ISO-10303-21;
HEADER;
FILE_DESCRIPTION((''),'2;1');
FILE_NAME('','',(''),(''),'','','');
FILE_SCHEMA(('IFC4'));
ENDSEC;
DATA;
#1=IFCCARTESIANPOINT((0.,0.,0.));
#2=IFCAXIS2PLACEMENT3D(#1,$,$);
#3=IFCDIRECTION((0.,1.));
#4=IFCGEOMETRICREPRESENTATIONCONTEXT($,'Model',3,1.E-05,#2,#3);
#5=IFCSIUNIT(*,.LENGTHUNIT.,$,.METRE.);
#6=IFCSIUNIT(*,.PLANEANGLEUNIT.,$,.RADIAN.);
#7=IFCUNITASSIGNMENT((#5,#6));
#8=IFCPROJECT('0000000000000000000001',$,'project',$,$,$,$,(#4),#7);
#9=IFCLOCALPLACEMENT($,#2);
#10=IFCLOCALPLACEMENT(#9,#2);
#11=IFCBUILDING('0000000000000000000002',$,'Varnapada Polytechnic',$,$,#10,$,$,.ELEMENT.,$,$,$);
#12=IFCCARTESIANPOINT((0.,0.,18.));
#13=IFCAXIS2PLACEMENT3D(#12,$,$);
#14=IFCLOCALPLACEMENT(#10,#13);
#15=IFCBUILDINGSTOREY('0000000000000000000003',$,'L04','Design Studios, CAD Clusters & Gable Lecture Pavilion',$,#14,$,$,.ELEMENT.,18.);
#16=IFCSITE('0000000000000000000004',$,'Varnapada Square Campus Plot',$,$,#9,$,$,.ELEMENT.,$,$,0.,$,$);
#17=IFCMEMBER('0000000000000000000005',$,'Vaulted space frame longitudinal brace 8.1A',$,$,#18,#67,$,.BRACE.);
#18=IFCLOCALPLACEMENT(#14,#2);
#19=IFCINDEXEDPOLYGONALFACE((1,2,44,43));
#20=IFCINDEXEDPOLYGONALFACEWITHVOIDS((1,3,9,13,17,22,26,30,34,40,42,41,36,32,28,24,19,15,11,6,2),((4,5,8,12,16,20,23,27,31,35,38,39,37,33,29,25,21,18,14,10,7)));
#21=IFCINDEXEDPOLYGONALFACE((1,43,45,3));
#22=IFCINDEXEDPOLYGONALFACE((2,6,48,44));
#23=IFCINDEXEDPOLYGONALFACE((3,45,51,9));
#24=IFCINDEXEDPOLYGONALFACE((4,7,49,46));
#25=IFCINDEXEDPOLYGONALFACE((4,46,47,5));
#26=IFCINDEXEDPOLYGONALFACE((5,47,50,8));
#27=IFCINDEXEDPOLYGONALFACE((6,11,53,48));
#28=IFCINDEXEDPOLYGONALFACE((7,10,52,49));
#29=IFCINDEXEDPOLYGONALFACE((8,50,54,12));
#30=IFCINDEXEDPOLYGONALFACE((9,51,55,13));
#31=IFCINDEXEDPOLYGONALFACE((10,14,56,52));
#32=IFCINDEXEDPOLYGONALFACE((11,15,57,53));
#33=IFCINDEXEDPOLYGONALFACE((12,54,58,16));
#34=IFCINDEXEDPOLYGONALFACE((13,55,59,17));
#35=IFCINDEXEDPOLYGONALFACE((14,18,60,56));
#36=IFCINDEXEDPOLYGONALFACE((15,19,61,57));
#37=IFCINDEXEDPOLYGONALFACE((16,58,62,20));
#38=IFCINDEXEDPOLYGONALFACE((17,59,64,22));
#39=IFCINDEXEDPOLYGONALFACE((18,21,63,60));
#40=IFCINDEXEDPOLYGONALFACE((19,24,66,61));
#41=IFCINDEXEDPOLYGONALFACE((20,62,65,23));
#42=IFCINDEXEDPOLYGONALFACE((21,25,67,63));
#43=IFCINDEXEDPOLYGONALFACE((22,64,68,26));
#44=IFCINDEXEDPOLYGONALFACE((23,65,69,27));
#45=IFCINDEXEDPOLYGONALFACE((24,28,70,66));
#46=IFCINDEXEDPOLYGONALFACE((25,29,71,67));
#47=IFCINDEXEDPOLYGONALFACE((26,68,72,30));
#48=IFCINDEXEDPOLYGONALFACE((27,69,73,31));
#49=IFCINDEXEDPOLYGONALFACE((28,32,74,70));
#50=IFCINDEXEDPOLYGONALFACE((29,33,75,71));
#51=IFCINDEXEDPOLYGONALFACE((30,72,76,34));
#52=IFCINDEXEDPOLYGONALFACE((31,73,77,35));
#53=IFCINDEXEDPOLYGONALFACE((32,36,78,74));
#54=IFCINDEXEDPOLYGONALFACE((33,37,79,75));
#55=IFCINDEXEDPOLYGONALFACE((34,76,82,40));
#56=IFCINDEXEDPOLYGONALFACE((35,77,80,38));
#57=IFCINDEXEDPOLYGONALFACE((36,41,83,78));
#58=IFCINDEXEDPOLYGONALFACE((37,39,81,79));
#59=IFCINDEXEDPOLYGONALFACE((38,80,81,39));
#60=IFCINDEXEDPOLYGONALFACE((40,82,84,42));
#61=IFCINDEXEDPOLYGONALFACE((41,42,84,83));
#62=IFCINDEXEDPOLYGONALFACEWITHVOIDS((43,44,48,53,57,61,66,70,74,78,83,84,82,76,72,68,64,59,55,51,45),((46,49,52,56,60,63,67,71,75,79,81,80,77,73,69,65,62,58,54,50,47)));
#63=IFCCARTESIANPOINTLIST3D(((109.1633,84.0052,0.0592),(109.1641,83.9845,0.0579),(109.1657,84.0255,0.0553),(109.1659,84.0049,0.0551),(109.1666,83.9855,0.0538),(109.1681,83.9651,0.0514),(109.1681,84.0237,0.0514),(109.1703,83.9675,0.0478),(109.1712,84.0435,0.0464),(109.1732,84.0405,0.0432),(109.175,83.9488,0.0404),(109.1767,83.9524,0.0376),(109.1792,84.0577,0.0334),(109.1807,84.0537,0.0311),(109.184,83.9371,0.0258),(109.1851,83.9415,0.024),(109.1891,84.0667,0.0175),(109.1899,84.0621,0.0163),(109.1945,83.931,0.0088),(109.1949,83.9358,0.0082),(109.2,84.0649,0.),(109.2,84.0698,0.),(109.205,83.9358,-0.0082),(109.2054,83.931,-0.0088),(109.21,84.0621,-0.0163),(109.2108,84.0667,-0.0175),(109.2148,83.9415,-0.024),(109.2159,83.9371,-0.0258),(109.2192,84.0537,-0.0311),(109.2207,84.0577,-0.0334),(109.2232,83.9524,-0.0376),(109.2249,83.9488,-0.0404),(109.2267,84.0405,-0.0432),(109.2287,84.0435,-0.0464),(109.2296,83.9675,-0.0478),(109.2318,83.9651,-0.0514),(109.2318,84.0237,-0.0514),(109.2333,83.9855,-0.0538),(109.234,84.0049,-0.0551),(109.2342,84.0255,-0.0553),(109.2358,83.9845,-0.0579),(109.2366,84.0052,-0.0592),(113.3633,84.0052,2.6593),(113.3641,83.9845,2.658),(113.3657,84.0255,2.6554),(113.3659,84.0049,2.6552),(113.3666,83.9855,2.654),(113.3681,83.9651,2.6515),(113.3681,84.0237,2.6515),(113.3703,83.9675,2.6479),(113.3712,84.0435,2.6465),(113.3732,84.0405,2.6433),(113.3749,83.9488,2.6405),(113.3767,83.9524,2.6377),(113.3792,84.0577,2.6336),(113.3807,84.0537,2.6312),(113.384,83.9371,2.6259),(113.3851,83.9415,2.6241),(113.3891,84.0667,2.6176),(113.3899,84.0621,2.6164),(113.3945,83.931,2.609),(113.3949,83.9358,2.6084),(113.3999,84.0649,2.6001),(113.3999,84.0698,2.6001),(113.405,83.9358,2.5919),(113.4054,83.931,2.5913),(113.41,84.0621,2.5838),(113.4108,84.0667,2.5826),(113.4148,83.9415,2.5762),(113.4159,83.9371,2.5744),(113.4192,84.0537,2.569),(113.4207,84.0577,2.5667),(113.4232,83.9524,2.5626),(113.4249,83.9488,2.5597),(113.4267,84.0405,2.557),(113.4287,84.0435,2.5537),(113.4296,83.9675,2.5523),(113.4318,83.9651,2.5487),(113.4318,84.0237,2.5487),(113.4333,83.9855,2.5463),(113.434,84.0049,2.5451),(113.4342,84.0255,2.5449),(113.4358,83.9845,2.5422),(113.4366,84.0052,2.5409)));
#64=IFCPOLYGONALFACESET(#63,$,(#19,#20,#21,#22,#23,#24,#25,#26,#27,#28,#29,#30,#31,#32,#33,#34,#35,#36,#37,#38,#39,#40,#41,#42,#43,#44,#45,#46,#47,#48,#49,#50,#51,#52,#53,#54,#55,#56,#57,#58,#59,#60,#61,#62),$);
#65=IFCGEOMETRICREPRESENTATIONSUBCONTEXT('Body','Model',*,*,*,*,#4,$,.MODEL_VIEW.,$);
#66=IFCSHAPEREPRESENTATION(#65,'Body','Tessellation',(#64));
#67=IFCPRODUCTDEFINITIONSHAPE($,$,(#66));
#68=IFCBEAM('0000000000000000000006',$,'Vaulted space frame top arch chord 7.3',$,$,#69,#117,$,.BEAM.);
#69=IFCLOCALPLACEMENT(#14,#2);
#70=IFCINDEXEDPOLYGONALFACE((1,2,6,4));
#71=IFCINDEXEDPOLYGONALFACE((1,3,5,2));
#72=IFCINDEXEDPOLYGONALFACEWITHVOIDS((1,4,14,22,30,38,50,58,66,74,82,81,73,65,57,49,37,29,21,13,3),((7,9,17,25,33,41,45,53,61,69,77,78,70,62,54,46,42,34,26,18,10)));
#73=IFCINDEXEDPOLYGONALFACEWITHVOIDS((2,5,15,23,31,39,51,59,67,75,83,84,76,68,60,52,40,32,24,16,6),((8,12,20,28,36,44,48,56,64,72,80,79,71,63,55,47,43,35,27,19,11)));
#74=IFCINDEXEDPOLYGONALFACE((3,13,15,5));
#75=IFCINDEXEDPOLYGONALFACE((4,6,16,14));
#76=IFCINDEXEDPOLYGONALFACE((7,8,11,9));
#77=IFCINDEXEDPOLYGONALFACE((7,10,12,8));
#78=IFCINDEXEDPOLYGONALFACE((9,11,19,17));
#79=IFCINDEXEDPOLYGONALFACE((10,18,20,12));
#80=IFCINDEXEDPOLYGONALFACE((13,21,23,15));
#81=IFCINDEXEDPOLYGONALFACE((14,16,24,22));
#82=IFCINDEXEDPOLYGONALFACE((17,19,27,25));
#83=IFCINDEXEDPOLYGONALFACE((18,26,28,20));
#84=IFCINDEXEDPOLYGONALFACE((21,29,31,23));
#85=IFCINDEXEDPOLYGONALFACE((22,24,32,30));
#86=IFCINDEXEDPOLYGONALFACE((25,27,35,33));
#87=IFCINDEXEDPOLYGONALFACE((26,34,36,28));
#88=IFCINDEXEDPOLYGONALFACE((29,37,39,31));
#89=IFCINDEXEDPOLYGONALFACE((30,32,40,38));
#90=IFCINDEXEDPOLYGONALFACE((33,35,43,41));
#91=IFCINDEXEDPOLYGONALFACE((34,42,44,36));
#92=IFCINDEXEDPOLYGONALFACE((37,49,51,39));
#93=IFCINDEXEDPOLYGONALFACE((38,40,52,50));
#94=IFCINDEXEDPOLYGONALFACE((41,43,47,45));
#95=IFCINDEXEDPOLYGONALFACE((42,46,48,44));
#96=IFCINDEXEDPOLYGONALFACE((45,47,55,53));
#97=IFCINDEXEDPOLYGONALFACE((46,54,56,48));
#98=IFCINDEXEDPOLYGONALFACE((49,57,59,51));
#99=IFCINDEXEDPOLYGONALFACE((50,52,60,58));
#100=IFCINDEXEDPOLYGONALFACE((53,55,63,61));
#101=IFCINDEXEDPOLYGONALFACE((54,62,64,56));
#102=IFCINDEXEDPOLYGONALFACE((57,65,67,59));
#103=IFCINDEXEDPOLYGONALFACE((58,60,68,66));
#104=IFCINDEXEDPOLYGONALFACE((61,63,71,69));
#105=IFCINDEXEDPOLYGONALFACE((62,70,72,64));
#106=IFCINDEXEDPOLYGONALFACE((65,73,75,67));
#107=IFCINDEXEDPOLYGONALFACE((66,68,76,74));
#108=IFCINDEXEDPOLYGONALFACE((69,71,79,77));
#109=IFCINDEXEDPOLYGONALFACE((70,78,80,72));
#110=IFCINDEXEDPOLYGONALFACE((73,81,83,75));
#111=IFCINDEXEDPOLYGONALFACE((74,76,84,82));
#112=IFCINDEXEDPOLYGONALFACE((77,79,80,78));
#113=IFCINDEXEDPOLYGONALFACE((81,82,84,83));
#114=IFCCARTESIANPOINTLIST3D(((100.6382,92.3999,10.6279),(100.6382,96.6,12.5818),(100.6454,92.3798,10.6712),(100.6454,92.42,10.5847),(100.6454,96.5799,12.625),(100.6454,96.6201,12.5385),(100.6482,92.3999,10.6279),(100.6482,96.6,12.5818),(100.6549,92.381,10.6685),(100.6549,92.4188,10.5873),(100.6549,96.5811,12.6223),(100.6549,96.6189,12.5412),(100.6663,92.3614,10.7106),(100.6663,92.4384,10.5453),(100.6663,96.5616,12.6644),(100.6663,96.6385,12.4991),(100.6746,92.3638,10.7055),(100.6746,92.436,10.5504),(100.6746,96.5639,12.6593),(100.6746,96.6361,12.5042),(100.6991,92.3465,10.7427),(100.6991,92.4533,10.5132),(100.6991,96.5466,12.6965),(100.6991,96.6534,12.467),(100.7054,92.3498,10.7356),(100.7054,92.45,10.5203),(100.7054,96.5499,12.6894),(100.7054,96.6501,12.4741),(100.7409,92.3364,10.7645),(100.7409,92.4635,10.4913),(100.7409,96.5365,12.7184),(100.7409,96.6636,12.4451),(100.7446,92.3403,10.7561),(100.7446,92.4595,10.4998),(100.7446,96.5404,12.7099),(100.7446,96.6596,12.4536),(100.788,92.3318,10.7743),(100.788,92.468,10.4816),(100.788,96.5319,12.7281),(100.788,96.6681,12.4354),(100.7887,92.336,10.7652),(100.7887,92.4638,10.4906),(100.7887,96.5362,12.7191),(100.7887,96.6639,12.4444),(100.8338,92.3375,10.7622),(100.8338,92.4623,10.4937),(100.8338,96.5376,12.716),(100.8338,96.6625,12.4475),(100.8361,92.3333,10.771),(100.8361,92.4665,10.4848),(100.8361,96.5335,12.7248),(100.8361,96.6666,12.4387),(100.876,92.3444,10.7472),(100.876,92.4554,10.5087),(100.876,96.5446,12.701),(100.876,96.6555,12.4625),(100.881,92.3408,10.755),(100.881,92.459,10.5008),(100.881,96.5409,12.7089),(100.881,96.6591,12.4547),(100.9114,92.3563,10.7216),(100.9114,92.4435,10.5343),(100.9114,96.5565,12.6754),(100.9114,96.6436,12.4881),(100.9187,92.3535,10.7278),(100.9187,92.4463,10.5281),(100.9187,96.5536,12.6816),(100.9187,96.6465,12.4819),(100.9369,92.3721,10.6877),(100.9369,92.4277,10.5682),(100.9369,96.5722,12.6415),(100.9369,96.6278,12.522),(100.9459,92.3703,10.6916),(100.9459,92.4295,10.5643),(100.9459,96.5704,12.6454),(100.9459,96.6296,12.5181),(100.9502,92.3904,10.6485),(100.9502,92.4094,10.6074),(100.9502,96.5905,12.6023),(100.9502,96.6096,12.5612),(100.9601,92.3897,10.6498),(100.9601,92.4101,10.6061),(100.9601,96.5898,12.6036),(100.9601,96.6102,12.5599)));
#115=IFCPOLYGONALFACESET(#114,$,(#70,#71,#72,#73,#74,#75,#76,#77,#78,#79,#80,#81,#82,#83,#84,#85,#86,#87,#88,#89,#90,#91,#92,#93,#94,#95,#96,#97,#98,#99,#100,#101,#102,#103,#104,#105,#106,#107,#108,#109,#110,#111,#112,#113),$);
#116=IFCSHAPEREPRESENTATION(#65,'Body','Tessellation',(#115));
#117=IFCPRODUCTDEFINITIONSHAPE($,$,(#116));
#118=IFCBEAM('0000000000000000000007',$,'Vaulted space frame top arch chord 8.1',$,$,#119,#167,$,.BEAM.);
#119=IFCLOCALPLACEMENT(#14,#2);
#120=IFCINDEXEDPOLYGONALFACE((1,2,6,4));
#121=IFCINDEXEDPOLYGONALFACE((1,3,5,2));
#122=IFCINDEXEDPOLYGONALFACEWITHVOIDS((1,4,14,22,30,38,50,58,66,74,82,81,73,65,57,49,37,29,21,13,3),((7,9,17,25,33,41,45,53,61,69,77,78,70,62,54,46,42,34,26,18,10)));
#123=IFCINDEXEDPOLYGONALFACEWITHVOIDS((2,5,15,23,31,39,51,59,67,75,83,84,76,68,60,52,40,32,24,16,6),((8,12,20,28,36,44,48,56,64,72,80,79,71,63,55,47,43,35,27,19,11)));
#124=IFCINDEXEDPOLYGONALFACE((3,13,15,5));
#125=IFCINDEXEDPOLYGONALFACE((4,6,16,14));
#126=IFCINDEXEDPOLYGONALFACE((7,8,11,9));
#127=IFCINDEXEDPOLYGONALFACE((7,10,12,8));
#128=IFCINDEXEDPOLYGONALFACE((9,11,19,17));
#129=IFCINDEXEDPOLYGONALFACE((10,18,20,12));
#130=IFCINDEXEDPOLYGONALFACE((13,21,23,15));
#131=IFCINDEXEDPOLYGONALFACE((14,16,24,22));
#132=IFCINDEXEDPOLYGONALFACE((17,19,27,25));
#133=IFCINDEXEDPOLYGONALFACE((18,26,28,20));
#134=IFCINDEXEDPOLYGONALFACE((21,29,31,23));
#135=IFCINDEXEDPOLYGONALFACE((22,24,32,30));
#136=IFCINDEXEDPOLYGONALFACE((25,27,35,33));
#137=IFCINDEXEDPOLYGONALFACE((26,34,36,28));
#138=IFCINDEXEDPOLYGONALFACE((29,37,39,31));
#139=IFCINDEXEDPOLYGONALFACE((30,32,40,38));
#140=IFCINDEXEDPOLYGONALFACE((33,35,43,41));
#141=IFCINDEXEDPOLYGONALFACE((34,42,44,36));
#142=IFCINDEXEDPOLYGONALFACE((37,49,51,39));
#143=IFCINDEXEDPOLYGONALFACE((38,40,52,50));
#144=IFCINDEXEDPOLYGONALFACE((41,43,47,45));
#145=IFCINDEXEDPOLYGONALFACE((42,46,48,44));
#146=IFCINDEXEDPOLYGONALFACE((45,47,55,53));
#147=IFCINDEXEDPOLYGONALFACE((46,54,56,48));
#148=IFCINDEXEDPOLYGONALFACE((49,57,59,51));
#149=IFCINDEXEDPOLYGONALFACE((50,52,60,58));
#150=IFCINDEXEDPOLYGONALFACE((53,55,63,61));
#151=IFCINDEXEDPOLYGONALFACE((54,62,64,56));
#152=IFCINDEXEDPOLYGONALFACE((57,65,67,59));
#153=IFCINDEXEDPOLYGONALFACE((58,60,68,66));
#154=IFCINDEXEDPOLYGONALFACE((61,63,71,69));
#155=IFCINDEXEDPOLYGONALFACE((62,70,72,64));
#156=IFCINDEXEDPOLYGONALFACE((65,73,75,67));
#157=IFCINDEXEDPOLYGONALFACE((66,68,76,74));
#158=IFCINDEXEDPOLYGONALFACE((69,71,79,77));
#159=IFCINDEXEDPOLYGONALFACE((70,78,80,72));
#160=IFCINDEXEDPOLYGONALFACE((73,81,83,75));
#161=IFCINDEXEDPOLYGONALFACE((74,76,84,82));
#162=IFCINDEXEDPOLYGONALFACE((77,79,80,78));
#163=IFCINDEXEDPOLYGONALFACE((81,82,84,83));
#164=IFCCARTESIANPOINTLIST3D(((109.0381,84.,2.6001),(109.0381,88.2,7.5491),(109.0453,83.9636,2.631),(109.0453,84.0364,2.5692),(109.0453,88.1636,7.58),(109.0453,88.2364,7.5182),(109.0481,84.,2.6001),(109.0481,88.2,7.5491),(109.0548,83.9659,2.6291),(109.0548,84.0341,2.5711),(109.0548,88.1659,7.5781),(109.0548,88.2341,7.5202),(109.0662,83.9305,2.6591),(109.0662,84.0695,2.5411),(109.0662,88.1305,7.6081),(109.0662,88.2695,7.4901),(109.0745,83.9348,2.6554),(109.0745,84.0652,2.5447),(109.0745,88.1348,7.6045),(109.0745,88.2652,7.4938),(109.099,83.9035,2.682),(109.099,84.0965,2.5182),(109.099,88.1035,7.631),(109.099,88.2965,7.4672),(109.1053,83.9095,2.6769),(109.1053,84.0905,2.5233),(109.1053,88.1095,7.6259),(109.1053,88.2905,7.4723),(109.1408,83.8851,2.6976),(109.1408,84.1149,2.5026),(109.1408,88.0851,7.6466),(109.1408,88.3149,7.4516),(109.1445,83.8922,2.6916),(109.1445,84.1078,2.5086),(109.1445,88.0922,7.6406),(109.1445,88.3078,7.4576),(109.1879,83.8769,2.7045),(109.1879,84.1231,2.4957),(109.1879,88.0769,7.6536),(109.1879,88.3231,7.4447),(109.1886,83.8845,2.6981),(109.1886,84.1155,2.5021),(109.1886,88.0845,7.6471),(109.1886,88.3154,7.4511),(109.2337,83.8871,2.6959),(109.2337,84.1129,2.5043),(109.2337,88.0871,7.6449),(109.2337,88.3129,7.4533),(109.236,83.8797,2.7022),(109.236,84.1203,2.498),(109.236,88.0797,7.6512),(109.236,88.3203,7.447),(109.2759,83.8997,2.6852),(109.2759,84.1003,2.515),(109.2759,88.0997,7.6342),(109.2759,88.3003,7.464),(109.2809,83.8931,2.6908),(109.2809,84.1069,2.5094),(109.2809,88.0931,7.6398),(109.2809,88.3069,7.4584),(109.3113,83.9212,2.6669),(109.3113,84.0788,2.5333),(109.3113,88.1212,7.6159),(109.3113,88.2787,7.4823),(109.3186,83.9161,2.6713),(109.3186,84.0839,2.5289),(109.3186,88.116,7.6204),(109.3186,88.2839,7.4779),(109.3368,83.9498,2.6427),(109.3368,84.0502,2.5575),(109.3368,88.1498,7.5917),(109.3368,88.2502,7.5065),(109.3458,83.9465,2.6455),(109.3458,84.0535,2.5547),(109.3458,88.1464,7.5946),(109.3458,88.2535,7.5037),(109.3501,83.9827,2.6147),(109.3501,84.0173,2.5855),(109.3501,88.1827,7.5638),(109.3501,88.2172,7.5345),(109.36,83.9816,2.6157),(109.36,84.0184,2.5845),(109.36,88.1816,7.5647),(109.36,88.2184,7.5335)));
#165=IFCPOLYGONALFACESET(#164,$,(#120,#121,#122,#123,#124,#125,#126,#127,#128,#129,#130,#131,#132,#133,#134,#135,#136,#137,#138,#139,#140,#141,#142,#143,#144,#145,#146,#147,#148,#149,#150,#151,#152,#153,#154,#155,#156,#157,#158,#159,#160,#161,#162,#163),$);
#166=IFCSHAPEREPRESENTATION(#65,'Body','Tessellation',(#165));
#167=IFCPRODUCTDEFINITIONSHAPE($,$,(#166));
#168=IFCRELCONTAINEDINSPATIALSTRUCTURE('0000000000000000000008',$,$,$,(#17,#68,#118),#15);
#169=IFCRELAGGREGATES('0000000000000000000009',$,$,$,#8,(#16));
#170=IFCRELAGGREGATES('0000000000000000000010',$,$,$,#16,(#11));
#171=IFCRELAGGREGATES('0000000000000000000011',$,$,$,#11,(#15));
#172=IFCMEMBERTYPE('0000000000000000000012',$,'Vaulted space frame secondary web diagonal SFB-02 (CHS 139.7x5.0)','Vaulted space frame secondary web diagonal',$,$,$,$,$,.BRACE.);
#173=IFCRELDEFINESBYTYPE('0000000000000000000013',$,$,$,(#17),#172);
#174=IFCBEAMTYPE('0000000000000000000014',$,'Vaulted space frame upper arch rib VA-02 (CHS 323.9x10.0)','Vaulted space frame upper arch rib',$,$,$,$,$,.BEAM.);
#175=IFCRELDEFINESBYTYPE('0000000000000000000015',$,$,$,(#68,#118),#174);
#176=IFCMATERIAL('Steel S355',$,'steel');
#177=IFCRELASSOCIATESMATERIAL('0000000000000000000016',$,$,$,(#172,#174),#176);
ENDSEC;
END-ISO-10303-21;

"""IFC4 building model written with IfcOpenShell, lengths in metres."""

from ifc_helpers import new_model, si_unit, direction, frame, origin, origin_2d, place, context, subcontext, project, spatial, hollow_circle, extrude, material, material_profile, profile_set, type_object, element, save


model = new_model("IFC4")

# Units and contexts
model_context = context("Model", 3, precision=1e-05, world=origin(), true_north=direction((0.0, 1.0)))
body_context = subcontext(model_context, "Body", "Model", "MODEL_VIEW")
ifc_project = project(units=[si_unit("LENGTHUNIT", "METRE"), si_unit("PLANEANGLEUNIT", "RADIAN")], contexts=[model_context])

# Site, building, storey
site_placement = place(None, origin())
site = spatial("IfcSite", under=ifc_project, at=site_placement, Name="Varnapada Square Campus Plot", CompositionType="ELEMENT", RefElevation=0.0)
building_placement = place(site_placement, origin())
building = spatial("IfcBuilding", under=site, at=building_placement, Name="Varnapada Polytechnic", CompositionType="ELEMENT")
storey_placement = place(building_placement, frame((0.0, 0.0, 18.0)))
storey = spatial("IfcBuildingStorey", under=building, at=storey_placement, Name="L04", Description="Design Studios, CAD Clusters & Gable Lecture Pavilion", CompositionType="ELEMENT", Elevation=18.0)

# Shared definitions
ifc_material = material(Name="Steel S355", Category="steel")

# Member
ifc_material_profile_1 = material_profile(ifc_material, hollow_circle(Radius=0.0698, WallThickness=0.0049, at=origin_2d()), Name="CHS 139.7x5.0")
ifc_profile_set_1 = profile_set([ifc_material_profile_1], Name="Steel S355")
member_type_1 = type_object("IfcMemberType", Name="Vaulted space frame secondary web diagonal SFB-02 (CHS 139.7x5.0)", Description="Vaulted space frame secondary web diagonal", PredefinedType="BRACE", material=ifc_profile_set_1)
for number, where, z_axis, x_axis, name in (
    (1, (109.2, 84.0, 0.0), (0.850254, 0.0, 0.526373), (0.0, 1.0, 0.0), "Vaulted space frame longitudinal brace 8.1A"),
):
    element("IfcMember", number, at=place(storey_placement, frame(where, z_axis=z_axis, x_axis=x_axis)), inside=storey, type_object=member_type_1, Name=name, PredefinedType="BRACE", context=body_context, shape_type="SweptSolid", body=[
        extrude(hollow_circle(Radius=0.0698, WallThickness=0.0049, at=origin_2d()), origin(), (0.0, 0.0, 1.0), 4.9397),
    ])

# Beams
ifc_material_profile_2 = material_profile(ifc_material, hollow_circle(Radius=0.1619, WallThickness=0.01, at=origin_2d()), Name="CHS 323.9x10.0")
ifc_profile_set_2 = profile_set([ifc_material_profile_2], Name="Steel S355")
beam_type_1 = type_object("IfcBeamType", Name="Vaulted space frame upper arch rib VA-02 (CHS 323.9x10.0)", Description="Vaulted space frame upper arch rib", PredefinedType="BEAM", material=ifc_profile_set_2)
beam_1_placement = place(storey_placement, frame((100.8, 92.3999, 10.6279), z_axis=(0.0, 0.906698, 0.42178), x_axis=(-1.0, 0.0, 0.0)))
element("IfcBeam", 2, at=beam_1_placement, inside=storey, type_object=beam_type_1, Name="Vaulted space frame top arch chord 7.3", PredefinedType="BEAM", context=body_context, shape_type="SweptSolid", body=[
    extrude(hollow_circle(Radius=0.1619, WallThickness=0.01, at=origin_2d()), origin(), (0.0, 0.0, 1.0), 4.6323),
])
beam_2_placement = place(storey_placement, frame((109.2, 84.0, 2.6001), z_axis=(0.0, 0.647051, 0.762447), x_axis=(-1.0, 0.0, 0.0)))
element("IfcBeam", 3, at=beam_2_placement, inside=storey, type_object=beam_type_1, Name="Vaulted space frame top arch chord 8.1", PredefinedType="BEAM", context=body_context, shape_type="SweptSolid", body=[
    extrude(hollow_circle(Radius=0.1619, WallThickness=0.01, at=origin_2d()), origin(), (0.0, 0.0, 1.0), 6.491),
])

save(model, "model.ifc")
